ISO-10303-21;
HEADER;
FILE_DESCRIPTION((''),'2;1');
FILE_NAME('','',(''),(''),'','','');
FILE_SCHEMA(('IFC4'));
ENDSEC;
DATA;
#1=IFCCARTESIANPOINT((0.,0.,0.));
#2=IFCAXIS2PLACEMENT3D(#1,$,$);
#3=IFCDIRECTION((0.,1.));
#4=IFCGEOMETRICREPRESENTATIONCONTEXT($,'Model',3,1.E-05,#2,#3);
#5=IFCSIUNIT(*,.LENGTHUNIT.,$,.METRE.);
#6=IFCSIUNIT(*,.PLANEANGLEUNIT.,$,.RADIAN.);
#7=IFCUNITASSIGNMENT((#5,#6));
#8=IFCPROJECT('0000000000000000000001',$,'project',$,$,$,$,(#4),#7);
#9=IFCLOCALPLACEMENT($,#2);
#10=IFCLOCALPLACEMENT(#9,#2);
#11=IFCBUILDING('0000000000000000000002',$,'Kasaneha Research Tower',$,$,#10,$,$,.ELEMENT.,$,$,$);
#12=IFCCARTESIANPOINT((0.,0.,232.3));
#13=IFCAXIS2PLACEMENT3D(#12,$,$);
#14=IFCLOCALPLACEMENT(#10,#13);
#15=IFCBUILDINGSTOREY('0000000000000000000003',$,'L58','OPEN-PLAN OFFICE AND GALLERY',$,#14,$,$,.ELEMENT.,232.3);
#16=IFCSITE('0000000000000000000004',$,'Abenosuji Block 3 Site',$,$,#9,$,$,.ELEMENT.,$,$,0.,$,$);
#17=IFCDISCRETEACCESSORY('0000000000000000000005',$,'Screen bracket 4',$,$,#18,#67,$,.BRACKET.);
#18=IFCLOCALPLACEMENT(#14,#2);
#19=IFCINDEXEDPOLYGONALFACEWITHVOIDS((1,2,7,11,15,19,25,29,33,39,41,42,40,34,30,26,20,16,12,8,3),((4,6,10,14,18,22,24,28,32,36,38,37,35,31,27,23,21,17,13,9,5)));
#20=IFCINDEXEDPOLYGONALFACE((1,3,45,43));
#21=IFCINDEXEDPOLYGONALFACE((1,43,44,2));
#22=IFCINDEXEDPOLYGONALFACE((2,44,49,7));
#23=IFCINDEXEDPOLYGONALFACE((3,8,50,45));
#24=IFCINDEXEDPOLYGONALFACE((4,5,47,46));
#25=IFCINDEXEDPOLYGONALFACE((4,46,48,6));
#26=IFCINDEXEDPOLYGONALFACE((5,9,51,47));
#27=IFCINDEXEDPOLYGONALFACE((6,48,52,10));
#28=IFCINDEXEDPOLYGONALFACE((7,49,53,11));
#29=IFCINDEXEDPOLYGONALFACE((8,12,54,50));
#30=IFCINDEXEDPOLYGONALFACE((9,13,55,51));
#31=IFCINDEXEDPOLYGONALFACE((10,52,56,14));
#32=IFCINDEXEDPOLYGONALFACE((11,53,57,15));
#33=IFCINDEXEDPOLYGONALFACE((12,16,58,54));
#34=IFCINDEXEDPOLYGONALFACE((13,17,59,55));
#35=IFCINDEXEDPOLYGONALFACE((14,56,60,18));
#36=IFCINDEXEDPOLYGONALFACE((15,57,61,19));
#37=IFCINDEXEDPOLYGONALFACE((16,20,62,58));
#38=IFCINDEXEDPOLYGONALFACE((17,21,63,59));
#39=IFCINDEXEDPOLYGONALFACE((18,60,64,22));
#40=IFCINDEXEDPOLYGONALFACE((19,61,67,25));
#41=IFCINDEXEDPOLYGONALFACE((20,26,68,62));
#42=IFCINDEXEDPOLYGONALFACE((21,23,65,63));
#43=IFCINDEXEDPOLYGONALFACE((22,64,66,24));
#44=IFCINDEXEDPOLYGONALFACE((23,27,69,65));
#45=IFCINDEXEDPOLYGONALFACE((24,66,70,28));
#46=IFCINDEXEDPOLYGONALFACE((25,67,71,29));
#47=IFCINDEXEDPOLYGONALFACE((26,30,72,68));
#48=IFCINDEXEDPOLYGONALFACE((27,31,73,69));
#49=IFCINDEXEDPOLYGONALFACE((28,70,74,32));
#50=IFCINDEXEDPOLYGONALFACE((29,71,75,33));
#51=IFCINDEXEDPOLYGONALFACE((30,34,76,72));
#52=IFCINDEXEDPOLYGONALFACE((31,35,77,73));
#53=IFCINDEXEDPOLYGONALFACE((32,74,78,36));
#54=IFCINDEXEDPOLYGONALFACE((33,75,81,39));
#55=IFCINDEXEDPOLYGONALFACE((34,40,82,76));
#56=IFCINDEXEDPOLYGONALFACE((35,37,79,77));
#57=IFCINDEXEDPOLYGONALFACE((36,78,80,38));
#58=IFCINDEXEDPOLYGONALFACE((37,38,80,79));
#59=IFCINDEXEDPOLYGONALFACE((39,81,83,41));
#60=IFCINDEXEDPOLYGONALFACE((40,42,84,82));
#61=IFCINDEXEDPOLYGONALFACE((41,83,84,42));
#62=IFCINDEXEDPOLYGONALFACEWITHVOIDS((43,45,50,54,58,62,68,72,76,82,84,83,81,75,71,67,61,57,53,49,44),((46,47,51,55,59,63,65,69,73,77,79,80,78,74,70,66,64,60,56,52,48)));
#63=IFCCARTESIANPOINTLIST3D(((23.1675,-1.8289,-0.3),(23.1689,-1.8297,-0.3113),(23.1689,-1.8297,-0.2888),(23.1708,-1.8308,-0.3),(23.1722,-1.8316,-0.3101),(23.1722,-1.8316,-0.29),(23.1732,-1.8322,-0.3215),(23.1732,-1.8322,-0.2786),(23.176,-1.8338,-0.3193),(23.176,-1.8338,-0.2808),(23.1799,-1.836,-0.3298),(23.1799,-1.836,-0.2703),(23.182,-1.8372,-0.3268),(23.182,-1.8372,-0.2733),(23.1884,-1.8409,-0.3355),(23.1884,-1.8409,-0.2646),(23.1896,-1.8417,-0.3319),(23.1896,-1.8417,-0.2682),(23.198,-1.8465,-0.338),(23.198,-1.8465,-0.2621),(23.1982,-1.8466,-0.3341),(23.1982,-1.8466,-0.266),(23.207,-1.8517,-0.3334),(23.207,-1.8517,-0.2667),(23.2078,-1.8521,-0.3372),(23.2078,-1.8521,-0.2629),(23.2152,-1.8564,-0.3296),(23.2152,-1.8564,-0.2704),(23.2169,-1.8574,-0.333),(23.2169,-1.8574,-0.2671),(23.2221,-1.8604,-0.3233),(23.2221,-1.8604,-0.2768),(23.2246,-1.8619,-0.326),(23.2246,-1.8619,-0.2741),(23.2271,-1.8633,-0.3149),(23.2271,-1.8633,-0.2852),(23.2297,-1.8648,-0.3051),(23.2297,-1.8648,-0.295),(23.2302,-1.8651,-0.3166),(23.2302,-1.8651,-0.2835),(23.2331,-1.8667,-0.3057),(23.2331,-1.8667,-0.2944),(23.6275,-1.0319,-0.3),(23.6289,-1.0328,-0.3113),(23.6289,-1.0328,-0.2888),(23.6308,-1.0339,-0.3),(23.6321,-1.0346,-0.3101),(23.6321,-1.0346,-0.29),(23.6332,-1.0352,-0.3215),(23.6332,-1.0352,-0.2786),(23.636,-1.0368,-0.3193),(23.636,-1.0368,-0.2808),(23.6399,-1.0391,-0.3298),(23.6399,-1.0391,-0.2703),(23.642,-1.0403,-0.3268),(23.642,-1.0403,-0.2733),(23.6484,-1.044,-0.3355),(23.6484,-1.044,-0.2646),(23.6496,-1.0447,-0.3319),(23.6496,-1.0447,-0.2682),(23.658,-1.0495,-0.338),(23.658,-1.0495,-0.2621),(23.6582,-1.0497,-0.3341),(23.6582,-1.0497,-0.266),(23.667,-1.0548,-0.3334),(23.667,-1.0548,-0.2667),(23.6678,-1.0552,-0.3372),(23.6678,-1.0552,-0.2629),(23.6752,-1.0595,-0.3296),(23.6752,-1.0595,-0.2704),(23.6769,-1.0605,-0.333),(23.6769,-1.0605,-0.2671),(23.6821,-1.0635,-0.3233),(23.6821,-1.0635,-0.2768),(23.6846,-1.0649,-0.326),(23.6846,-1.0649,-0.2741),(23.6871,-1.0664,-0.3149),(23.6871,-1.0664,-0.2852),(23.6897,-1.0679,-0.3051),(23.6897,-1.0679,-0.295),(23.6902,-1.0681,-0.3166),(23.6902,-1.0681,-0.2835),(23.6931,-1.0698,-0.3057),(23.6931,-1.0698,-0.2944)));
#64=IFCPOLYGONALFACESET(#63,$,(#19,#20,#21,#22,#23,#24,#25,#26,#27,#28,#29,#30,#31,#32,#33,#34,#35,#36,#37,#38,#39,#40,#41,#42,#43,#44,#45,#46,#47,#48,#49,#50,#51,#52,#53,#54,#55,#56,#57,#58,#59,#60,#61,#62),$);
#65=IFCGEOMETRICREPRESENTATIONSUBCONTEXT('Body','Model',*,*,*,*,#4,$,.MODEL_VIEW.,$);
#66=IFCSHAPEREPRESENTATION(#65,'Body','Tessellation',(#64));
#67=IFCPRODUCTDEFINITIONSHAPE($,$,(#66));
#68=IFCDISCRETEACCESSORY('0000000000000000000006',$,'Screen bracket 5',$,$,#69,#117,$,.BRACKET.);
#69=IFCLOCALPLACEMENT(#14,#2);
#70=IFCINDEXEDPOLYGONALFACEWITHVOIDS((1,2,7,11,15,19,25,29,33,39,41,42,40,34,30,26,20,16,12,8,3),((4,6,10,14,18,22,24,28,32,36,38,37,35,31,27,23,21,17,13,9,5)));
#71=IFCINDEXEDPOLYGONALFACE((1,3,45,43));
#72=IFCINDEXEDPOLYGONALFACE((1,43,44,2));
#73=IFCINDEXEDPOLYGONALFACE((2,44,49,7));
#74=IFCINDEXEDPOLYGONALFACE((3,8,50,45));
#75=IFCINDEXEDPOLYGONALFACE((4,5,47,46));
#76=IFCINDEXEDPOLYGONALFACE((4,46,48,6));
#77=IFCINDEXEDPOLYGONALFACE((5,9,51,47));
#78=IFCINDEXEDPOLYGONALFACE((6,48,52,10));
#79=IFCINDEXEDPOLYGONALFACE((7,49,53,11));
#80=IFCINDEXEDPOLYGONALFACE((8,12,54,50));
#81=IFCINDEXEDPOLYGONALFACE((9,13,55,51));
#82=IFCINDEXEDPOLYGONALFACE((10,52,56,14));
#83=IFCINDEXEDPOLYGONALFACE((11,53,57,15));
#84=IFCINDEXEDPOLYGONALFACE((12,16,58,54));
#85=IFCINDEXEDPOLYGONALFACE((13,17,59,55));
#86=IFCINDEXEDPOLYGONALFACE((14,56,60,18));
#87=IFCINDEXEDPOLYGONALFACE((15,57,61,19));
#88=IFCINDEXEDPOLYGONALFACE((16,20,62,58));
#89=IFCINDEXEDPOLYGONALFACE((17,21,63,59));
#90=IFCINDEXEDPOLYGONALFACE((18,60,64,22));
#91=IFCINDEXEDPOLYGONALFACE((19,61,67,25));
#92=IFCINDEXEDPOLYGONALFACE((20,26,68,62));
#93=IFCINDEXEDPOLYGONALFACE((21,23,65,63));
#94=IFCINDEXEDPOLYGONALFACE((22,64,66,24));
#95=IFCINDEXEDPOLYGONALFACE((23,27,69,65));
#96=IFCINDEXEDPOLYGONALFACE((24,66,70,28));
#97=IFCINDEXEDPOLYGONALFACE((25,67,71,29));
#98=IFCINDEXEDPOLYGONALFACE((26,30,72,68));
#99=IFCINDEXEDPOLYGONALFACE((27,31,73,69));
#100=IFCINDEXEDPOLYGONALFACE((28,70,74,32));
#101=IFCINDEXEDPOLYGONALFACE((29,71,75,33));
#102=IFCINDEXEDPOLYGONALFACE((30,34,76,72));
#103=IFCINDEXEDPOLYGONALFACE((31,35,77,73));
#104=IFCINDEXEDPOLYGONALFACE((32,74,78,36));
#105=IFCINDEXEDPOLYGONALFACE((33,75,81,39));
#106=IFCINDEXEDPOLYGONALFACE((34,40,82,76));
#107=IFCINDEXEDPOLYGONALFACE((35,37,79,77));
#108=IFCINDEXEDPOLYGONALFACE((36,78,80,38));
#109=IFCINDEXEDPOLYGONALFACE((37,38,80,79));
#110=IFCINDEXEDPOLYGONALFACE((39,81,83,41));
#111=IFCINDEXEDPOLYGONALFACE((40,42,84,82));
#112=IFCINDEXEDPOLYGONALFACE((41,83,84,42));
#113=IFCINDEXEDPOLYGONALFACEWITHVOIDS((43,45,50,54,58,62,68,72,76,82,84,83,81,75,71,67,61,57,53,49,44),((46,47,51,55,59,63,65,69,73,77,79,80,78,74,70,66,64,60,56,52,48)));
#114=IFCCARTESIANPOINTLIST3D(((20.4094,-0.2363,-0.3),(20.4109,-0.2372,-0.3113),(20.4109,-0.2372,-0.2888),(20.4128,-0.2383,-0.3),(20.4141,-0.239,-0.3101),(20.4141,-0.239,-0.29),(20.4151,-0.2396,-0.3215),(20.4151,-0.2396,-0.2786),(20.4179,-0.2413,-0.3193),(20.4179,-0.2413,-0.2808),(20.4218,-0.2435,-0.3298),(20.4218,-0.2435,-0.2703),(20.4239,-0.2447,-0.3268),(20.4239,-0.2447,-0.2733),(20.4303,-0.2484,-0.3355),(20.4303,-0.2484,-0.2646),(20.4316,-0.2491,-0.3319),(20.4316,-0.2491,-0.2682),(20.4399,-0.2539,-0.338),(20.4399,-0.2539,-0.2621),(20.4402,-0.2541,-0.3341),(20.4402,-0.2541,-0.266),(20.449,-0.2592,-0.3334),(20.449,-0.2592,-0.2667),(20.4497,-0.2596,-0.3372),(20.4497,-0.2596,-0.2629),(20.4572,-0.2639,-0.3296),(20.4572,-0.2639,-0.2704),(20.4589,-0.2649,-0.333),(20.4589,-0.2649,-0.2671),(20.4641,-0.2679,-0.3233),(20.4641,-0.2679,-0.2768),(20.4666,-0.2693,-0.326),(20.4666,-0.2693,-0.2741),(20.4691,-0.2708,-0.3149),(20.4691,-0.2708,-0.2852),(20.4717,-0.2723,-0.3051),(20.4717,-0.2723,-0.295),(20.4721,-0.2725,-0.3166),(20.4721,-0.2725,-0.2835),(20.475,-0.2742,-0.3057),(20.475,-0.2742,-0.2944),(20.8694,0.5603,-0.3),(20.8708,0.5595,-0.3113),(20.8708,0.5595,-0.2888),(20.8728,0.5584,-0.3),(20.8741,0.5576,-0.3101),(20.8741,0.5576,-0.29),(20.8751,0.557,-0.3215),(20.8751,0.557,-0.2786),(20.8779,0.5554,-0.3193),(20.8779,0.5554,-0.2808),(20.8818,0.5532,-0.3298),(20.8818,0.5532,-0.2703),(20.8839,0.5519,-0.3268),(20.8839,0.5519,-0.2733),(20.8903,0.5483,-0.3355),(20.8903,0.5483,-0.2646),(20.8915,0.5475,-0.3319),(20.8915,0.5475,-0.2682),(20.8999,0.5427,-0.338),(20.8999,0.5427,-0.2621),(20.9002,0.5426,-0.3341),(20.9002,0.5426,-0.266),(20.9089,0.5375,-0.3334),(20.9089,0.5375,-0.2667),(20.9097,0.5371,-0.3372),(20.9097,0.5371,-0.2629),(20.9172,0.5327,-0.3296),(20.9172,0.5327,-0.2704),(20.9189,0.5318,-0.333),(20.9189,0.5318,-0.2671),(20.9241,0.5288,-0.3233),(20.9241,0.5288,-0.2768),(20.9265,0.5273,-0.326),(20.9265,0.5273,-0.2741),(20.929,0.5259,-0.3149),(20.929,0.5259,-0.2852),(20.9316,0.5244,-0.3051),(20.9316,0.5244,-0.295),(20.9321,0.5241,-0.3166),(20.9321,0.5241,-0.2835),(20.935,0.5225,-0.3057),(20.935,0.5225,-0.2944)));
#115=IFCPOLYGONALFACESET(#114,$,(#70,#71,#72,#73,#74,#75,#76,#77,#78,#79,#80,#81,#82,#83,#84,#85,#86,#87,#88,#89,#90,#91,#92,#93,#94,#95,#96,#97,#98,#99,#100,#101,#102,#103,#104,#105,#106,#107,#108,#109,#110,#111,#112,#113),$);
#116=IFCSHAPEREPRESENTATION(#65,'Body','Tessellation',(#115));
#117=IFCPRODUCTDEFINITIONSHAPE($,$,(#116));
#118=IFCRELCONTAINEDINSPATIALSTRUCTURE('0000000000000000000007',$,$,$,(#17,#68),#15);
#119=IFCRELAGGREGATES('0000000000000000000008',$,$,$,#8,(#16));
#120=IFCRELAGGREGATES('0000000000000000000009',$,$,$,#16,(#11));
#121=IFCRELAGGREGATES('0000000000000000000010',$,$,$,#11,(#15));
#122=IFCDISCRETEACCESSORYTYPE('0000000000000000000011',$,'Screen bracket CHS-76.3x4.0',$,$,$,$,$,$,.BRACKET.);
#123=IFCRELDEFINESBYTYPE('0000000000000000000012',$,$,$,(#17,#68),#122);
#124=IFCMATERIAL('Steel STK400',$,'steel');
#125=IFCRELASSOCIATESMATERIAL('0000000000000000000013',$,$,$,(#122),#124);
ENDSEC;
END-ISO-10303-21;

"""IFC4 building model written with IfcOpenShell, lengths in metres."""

from ifc_helpers import new_model, si_unit, direction, frame, origin, origin_2d, place, context, subcontext, project, spatial, hollow_circle, extrude, material, material_profile, profile_set, type_object, element, save


model = new_model("IFC4")

# Units and contexts
model_context = context("Model", 3, precision=1e-05, world=origin(), true_north=direction((0.0, 1.0)))
body_context = subcontext(model_context, "Body", "Model", "MODEL_VIEW")
ifc_project = project(units=[si_unit("LENGTHUNIT", "METRE"), si_unit("PLANEANGLEUNIT", "RADIAN")], contexts=[model_context])

# Site, building, storey
site_placement = place(None, origin())
site = spatial("IfcSite", under=ifc_project, at=site_placement, Name="Abenosuji Block 3 Site", CompositionType="ELEMENT", RefElevation=0.0)
building_placement = place(site_placement, origin())
building = spatial("IfcBuilding", under=site, at=building_placement, Name="Kasaneha Research Tower", CompositionType="ELEMENT")
storey_placement = place(building_placement, frame((0.0, 0.0, 232.3)))
storey = spatial("IfcBuildingStorey", under=building, at=storey_placement, Name="L58", Description="OPEN-PLAN OFFICE AND GALLERY", CompositionType="ELEMENT", Elevation=232.3)

# Discrete accessories
ifc_material_1 = material(Name="Steel STK400", Category="steel")
ifc_material_profile_1 = material_profile(ifc_material_1, hollow_circle(Radius=0.0381, WallThickness=0.0039, at=origin_2d()), Name="CHS-76.3x4.0")
ifc_profile_set_1 = profile_set([ifc_material_profile_1], Name="Steel STK400")
discrete_accessory_type = type_object("IfcDiscreteAccessoryType", Name="Screen bracket CHS-76.3x4.0", PredefinedType="BRACKET", material=ifc_profile_set_1)
discrete_accessory_1_placement = place(storey_placement, frame((23.2004, -1.8479, -0.3), z_axis=(0.499906, 0.86608, 0.0), x_axis=(-0.86608, 0.499906, 0.0)))
element("IfcDiscreteAccessory", 1, at=discrete_accessory_1_placement, inside=storey, type_object=discrete_accessory_type, Name="Screen bracket 4", PredefinedType="BRACKET", context=body_context, shape_type="SweptSolid", body=[
    extrude(hollow_circle(Radius=0.0381, WallThickness=0.0039, at=origin_2d()), origin(), (0.0, 0.0, 1.0), 0.9202),
])
discrete_accessory_2_placement = place(storey_placement, frame((20.4424, -0.2554, -0.3), z_axis=(0.500021, 0.866013, 0.0), x_axis=(-0.866013, 0.500021, 0.0)))
element("IfcDiscreteAccessory", 2, at=discrete_accessory_2_placement, inside=storey, type_object=discrete_accessory_type, Name="Screen bracket 5", PredefinedType="BRACKET", context=body_context, shape_type="SweptSolid", body=[
    extrude(hollow_circle(Radius=0.0381, WallThickness=0.0039, at=origin_2d()), origin(), (0.0, 0.0, 1.0), 0.9199),
])

save(model, "model.ifc")
